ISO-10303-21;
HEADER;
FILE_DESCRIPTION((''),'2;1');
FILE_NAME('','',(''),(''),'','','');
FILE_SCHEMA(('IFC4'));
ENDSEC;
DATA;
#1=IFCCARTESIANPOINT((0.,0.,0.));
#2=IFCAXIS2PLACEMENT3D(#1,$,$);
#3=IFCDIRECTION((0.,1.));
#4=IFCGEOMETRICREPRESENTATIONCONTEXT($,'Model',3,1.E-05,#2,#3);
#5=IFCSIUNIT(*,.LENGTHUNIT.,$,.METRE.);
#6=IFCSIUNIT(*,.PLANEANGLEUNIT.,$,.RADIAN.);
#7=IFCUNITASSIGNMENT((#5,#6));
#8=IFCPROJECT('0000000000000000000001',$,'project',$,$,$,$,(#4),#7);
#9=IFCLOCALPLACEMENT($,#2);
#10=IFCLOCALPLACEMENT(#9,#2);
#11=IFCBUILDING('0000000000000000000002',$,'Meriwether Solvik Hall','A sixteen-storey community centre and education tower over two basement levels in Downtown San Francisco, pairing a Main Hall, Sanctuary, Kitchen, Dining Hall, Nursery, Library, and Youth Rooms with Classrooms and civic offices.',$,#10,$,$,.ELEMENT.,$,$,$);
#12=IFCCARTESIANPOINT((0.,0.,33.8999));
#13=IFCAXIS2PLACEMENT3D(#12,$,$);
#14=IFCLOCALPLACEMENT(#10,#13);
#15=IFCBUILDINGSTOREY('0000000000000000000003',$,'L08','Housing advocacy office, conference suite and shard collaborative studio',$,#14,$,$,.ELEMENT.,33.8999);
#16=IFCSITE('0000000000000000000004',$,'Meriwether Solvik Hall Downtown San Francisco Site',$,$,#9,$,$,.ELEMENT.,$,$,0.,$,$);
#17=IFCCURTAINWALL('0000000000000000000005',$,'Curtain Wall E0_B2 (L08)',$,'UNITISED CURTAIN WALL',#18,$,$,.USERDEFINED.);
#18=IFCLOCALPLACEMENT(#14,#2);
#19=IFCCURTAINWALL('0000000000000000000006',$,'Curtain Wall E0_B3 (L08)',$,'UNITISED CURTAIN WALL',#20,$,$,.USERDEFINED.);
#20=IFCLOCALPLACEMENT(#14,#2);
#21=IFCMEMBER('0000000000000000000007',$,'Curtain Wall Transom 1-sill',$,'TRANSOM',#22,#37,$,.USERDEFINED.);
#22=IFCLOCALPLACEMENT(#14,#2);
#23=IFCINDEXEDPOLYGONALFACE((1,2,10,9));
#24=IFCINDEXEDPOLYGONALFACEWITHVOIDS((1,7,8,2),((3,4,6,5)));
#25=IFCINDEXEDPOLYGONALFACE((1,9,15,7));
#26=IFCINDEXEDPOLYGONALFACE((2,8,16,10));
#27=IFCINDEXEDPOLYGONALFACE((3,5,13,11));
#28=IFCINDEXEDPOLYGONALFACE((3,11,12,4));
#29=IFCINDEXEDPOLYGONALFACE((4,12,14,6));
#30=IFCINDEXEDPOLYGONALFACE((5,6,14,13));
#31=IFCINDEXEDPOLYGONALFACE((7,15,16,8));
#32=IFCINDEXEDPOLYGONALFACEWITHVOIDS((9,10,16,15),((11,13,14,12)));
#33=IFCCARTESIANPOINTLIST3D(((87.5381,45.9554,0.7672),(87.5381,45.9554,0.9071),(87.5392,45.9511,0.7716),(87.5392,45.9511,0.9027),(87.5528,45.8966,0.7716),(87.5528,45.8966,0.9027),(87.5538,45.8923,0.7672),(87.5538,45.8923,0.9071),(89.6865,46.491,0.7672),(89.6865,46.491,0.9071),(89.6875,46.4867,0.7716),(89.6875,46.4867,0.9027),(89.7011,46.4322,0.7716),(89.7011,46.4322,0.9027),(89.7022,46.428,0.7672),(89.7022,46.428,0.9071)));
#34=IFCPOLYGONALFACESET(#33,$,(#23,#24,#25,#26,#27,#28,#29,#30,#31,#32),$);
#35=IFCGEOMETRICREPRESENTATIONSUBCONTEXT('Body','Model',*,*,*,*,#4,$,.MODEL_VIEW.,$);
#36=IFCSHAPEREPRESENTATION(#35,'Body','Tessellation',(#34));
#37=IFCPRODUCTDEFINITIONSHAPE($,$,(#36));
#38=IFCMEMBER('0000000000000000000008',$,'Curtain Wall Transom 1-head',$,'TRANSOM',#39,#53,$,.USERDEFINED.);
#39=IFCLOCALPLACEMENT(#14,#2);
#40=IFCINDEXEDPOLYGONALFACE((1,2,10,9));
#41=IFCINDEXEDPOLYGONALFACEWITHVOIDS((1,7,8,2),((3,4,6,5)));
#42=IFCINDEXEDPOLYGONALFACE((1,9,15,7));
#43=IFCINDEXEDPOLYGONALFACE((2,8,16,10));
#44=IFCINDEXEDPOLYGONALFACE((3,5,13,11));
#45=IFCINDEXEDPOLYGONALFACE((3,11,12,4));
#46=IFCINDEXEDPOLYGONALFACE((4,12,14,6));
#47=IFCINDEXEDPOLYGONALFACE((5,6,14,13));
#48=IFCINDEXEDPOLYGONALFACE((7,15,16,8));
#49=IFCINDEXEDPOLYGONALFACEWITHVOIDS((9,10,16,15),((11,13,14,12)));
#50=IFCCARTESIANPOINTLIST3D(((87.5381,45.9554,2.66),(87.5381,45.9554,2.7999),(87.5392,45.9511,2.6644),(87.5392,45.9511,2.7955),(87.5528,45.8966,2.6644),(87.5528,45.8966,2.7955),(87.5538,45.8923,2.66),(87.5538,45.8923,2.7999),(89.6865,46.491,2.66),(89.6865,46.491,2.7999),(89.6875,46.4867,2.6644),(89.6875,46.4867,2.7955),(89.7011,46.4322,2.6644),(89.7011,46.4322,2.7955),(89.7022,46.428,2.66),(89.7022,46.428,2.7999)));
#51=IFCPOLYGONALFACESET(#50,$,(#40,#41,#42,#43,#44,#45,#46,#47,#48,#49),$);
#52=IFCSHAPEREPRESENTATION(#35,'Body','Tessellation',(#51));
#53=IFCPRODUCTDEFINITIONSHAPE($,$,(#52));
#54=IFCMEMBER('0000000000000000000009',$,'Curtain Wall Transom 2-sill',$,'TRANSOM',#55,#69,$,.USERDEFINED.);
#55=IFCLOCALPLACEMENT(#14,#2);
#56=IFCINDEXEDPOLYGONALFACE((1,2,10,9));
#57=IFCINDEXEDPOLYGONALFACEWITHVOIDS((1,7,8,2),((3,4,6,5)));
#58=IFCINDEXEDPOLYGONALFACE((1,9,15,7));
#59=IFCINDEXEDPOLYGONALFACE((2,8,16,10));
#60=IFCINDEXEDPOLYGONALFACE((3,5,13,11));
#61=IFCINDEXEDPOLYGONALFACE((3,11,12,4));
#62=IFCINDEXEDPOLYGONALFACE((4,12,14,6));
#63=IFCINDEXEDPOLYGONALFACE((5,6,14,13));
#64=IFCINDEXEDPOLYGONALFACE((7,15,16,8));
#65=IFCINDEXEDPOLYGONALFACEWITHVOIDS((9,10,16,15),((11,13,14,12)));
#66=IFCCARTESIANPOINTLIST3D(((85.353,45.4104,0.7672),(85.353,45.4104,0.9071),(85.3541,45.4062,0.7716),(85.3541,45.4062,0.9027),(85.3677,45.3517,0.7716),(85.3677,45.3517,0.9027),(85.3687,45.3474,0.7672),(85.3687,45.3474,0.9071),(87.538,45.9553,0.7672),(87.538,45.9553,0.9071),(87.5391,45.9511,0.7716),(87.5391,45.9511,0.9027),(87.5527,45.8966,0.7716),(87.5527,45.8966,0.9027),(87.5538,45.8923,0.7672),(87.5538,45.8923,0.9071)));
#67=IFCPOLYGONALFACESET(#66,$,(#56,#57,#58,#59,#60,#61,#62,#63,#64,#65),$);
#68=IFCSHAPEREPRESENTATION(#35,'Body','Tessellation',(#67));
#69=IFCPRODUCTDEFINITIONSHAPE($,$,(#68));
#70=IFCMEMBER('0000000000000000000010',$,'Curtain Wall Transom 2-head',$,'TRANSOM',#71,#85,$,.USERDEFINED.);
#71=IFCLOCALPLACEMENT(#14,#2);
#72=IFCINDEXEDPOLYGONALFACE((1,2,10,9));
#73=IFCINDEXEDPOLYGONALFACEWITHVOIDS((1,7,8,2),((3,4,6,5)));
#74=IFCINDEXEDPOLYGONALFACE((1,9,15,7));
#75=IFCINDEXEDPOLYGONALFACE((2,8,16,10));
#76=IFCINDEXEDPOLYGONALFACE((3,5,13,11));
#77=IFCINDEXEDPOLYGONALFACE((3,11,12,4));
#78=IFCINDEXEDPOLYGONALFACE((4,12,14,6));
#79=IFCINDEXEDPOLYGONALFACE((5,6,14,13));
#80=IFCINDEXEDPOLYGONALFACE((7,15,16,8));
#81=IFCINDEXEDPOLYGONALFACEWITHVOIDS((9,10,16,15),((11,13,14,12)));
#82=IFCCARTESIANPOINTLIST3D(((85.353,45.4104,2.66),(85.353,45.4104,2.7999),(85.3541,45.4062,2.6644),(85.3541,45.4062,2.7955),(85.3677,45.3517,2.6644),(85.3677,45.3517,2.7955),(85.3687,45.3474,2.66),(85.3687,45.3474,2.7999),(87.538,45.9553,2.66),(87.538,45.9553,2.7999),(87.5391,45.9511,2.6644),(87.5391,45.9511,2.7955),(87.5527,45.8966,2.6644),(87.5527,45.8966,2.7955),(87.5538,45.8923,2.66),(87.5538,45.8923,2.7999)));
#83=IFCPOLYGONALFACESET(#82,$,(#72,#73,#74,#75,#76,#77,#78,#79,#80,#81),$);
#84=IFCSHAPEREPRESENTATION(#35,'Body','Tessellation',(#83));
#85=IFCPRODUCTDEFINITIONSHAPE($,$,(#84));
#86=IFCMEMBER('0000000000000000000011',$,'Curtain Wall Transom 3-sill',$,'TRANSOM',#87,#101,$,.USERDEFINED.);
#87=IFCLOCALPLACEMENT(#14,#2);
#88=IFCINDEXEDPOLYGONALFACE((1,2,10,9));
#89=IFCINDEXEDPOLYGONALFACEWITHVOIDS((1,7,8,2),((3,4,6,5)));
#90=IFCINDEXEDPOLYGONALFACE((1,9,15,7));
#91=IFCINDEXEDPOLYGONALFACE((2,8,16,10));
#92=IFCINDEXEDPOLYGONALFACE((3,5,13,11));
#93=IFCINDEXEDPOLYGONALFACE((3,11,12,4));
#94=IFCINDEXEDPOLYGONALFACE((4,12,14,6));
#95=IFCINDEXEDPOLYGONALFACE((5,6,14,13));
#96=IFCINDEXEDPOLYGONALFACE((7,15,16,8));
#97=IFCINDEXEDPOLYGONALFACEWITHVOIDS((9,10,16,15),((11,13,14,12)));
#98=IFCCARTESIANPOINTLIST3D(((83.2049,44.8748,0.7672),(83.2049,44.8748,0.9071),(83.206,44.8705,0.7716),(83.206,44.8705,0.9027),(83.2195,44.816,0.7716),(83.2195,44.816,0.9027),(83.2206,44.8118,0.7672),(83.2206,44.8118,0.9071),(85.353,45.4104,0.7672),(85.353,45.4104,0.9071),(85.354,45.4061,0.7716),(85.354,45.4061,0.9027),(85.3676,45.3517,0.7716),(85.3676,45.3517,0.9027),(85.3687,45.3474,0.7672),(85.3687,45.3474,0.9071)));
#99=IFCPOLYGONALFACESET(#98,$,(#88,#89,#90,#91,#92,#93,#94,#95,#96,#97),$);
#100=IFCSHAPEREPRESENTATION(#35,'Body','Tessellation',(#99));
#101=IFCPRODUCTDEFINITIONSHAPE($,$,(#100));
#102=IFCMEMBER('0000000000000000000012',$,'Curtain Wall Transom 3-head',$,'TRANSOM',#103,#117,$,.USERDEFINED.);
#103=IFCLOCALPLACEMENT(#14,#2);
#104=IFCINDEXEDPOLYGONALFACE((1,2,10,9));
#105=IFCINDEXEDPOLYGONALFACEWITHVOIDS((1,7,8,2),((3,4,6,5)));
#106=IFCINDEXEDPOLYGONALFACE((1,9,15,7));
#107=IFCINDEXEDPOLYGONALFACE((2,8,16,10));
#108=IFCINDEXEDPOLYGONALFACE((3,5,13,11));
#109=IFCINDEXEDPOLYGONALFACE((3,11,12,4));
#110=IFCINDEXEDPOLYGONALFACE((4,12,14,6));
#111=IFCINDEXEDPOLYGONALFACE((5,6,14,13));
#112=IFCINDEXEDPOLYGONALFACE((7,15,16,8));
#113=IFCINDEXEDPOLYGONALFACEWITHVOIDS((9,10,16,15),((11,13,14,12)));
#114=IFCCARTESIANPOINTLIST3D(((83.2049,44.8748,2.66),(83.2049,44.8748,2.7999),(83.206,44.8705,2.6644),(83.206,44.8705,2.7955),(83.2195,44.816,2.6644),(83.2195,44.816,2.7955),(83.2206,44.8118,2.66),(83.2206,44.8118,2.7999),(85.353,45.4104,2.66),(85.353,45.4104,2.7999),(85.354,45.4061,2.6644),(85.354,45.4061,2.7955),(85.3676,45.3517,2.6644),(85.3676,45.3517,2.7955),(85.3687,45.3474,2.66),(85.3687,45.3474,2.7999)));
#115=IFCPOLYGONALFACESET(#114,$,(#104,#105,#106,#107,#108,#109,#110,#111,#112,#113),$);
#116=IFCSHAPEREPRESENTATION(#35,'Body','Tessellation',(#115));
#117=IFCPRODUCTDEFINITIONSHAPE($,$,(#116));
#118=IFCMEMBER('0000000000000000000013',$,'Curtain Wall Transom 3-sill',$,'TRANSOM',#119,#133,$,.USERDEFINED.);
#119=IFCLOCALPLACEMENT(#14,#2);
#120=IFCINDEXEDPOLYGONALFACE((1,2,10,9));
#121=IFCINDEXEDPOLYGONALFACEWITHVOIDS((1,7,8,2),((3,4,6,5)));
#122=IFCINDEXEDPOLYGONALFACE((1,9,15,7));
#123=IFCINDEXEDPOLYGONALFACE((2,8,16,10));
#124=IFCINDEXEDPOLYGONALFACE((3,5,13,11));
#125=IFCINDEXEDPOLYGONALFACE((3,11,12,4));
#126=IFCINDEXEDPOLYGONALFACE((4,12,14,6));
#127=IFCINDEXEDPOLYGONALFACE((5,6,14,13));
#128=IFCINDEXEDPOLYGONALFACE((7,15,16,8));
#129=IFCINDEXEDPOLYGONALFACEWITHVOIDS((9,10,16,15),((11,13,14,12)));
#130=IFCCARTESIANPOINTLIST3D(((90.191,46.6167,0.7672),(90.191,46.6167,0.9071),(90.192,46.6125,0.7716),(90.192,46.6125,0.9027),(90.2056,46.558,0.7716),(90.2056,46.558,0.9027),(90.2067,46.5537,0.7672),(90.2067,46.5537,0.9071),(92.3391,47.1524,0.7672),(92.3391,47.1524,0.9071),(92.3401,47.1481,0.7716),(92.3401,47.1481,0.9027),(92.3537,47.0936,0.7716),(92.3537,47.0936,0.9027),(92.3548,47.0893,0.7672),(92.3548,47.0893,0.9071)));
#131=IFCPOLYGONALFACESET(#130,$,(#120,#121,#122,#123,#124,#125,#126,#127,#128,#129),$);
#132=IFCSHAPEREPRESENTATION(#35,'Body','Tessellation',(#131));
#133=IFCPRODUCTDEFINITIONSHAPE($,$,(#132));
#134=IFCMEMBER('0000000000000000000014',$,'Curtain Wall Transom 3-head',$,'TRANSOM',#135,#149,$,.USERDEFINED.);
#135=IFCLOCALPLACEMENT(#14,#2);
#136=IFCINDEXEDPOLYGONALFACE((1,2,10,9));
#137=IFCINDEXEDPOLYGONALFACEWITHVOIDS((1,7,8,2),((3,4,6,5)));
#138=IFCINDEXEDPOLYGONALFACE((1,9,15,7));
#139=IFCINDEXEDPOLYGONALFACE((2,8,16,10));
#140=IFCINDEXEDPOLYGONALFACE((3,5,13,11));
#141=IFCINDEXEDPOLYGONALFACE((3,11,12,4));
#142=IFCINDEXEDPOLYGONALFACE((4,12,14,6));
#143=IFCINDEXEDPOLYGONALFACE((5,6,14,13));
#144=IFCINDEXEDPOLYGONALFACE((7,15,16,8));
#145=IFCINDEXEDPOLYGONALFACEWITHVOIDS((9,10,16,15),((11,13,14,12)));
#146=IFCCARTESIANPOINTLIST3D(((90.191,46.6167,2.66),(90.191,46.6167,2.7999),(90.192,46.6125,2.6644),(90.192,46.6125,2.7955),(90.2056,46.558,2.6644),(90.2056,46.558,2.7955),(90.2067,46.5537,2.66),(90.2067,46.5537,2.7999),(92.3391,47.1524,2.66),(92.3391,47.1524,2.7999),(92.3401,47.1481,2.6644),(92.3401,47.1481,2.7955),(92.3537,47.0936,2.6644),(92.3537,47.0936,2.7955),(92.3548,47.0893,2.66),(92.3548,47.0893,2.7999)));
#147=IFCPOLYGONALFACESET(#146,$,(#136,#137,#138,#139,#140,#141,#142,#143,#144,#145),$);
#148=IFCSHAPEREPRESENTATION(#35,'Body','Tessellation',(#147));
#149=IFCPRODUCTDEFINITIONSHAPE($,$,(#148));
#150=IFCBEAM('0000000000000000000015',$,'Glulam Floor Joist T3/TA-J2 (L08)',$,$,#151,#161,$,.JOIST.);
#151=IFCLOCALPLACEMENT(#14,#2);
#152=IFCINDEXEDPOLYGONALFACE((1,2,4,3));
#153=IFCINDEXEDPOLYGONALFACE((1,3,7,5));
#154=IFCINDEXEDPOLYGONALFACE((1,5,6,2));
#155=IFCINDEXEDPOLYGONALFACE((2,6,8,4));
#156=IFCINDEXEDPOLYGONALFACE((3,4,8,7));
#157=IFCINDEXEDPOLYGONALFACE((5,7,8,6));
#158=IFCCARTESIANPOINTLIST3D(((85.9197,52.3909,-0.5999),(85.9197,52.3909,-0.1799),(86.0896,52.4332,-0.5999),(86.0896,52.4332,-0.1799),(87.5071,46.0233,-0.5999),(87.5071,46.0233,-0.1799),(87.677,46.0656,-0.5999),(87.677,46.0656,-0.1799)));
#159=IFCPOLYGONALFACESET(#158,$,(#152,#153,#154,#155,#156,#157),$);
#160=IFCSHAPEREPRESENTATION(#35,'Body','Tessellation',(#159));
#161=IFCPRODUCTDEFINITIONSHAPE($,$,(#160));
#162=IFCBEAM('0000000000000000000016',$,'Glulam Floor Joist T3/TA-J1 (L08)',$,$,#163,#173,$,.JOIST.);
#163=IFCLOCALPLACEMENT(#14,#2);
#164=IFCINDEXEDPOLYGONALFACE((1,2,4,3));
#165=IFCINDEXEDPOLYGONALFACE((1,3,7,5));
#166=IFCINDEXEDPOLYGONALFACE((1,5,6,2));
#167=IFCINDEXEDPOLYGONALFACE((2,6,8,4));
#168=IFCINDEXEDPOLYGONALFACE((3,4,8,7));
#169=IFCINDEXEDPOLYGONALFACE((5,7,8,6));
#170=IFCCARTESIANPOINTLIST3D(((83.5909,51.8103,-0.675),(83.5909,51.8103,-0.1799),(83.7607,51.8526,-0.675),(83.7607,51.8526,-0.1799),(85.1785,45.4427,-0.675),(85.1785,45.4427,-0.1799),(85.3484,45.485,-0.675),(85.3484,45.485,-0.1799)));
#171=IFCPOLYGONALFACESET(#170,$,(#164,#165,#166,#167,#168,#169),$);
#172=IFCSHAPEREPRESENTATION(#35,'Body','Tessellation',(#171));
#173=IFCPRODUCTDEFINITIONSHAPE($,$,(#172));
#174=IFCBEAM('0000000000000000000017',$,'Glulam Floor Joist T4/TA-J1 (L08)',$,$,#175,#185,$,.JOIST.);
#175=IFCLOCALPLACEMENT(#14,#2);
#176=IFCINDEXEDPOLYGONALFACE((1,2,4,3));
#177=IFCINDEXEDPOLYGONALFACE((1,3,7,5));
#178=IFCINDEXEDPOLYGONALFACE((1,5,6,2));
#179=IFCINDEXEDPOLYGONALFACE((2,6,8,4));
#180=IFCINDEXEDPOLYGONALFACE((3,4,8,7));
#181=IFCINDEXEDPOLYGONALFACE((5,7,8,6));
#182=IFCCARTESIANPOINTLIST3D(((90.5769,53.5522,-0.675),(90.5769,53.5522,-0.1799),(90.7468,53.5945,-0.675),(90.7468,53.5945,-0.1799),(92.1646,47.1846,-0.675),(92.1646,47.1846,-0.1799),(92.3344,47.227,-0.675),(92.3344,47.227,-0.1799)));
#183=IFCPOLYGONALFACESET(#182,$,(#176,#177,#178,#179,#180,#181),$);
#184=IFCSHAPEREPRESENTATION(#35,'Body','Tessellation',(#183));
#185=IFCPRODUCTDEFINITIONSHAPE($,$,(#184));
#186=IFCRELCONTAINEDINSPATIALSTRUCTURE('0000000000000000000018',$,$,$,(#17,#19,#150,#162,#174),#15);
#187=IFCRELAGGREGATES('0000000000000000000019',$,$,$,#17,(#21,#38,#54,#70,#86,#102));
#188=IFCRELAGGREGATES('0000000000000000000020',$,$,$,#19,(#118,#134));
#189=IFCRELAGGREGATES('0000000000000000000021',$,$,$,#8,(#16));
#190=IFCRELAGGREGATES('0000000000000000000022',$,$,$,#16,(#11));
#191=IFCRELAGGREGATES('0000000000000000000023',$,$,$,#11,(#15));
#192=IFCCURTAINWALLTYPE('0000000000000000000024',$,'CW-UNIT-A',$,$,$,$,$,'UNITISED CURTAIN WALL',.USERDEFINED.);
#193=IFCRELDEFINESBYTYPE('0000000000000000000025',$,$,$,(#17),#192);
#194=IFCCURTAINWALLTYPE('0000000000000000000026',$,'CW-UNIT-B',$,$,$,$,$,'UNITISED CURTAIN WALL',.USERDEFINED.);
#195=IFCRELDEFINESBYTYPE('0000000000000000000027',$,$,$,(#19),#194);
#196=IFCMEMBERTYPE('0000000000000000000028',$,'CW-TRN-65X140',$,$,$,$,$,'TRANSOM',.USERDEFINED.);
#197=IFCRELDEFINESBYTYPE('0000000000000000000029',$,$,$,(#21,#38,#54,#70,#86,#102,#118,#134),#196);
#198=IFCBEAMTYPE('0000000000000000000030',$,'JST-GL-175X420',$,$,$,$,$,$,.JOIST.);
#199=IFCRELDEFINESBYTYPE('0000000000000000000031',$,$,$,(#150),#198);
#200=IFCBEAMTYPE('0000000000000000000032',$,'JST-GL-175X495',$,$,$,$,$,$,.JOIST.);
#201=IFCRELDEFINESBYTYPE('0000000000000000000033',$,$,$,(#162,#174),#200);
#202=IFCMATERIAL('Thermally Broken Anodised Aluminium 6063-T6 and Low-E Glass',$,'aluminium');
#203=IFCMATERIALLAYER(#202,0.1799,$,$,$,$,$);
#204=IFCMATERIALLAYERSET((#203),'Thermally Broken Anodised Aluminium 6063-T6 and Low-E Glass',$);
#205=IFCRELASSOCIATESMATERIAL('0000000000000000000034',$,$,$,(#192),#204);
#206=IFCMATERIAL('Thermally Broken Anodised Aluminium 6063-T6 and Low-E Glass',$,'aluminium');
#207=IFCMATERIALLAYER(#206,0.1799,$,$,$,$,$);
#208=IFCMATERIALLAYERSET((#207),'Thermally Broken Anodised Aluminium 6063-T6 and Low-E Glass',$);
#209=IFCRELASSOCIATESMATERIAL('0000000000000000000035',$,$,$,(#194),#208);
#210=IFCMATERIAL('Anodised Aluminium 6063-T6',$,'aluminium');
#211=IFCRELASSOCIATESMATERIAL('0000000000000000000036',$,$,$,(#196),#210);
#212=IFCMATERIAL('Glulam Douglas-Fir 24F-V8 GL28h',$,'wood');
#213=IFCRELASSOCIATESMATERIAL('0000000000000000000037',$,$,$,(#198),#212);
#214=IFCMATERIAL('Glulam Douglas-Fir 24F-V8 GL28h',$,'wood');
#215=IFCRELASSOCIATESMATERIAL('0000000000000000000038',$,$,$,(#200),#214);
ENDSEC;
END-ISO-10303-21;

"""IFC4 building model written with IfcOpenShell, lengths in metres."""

from ifc_helpers import new_model, si_unit, direction, frame, origin, origin_2d, place, context, subcontext, project, spatial, rectangle, hollow_rectangle, extrude, material, layer, layer_set, material_profile, profile_set, type_object, element, aggregate, save


model = new_model("IFC4")

# Units and contexts
model_context = context("Model", 3, precision=1e-05, world=origin(), true_north=direction((0.0, 1.0)))
body_context = subcontext(model_context, "Body", "Model", "MODEL_VIEW")
ifc_project = project(units=[si_unit("LENGTHUNIT", "METRE"), si_unit("PLANEANGLEUNIT", "RADIAN")], contexts=[model_context])

# Site, building, storey
site_placement = place(None, origin())
site = spatial("IfcSite", under=ifc_project, at=site_placement, Name="Meriwether Solvik Hall Downtown San Francisco Site", CompositionType="ELEMENT", RefElevation=0.0)
building_placement = place(site_placement, origin())
building = spatial("IfcBuilding", under=site, at=building_placement, Name="Meriwether Solvik Hall", Description="A sixteen-storey community centre and education tower over two basement levels in Downtown San Francisco, pairing a Main Hall, Sanctuary, Kitchen, Dining Hall, Nursery, Library, and Youth Rooms with Classrooms and civic offices.", CompositionType="ELEMENT")
storey_placement = place(building_placement, frame((0.0, 0.0, 33.8999)))
storey = spatial("IfcBuildingStorey", under=building, at=storey_placement, Name="L08", Description="Housing advocacy office, conference suite and shard collaborative studio", CompositionType="ELEMENT", Elevation=33.8999)

# Curtain walls
ifc_material_1 = material(Name="Thermally Broken Anodised Aluminium 6063-T6 and Low-E Glass", Category="aluminium")
ifc_layer_1 = layer(ifc_material_1, 0.1799)
ifc_layer_set_1 = layer_set([ifc_layer_1], Name="Thermally Broken Anodised Aluminium 6063-T6 and Low-E Glass")
curtain_wall_type_1 = type_object("IfcCurtainWallType", Name="CW-UNIT-A", ElementType="UNITISED CURTAIN WALL", PredefinedType="USERDEFINED", material=ifc_layer_set_1)
curtain_wall_1_placement = place(storey_placement, origin())
curtain_wall_1 = element("IfcCurtainWall", 1, at=curtain_wall_1_placement, inside=storey, type_object=curtain_wall_type_1, Name="Curtain Wall E0_B2 (L08)", ObjectType="UNITISED CURTAIN WALL", PredefinedType="USERDEFINED")
ifc_material_2 = material(Name="Thermally Broken Anodised Aluminium 6063-T6 and Low-E Glass", Category="aluminium")
ifc_layer_2 = layer(ifc_material_2, 0.1799)
ifc_layer_set_2 = layer_set([ifc_layer_2], Name="Thermally Broken Anodised Aluminium 6063-T6 and Low-E Glass")
curtain_wall_type_2 = type_object("IfcCurtainWallType", Name="CW-UNIT-B", ElementType="UNITISED CURTAIN WALL", PredefinedType="USERDEFINED", material=ifc_layer_set_2)
curtain_wall_2_placement = place(storey_placement, origin())
curtain_wall_2 = element("IfcCurtainWall", 2, at=curtain_wall_2_placement, inside=storey, type_object=curtain_wall_type_2, Name="Curtain Wall E0_B3 (L08)", ObjectType="UNITISED CURTAIN WALL", PredefinedType="USERDEFINED")

# Members
ifc_material_3 = material(Name="Anodised Aluminium 6063-T6", Category="aluminium")
ifc_material_profile_1 = material_profile(ifc_material_3, hollow_rectangle(XDim=0.0649, YDim=0.1399, WallThickness=0.0044, at=origin_2d()), Name="CWT-65X140")
ifc_profile_set_1 = profile_set([ifc_material_profile_1], Name="Anodised Aluminium 6063-T6")
member_type_1 = type_object("IfcMemberType", Name="CW-TRN-65X140", ElementType="TRANSOM", PredefinedType="USERDEFINED", material=ifc_profile_set_1)
member_1_placement = place(storey_placement, frame((89.6943, 46.4595, 0.8372), z_axis=(-0.970298, -0.241913, 0.0), x_axis=(0.241913, -0.970298, 0.0)))
member_1 = element("IfcMember", 3, at=member_1_placement, type_object=member_type_1, Name="Curtain Wall Transom 1-sill", ObjectType="TRANSOM", PredefinedType="USERDEFINED", context=body_context, shape_type="SweptSolid", body=[
    extrude(hollow_rectangle(XDim=0.0649, YDim=0.1399, WallThickness=0.0044, at=origin_2d()), origin(), (0.0, 0.0, 1.0), 2.2141),
])
member_2_placement = place(storey_placement, frame((89.6943, 46.4595, 2.73), z_axis=(-0.970298, -0.241913, 0.0), x_axis=(0.241913, -0.970298, 0.0)))
member_2 = element("IfcMember", 4, at=member_2_placement, type_object=member_type_1, Name="Curtain Wall Transom 1-head", ObjectType="TRANSOM", PredefinedType="USERDEFINED", context=body_context, shape_type="SweptSolid", body=[
    extrude(hollow_rectangle(XDim=0.0649, YDim=0.1399, WallThickness=0.0044, at=origin_2d()), origin(), (0.0, 0.0, 1.0), 2.2141),
])
member_3_placement = place(storey_placement, frame((87.5459, 45.9238, 0.8372), z_axis=(-0.970283, -0.241974, 0.0), x_axis=(0.241974, -0.970283, 0.0)))
member_3 = element("IfcMember", 5, at=member_3_placement, type_object=member_type_1, Name="Curtain Wall Transom 2-sill", ObjectType="TRANSOM", PredefinedType="USERDEFINED", context=body_context, shape_type="SweptSolid", body=[
    extrude(hollow_rectangle(XDim=0.0649, YDim=0.1399, WallThickness=0.0044, at=origin_2d()), origin(), (0.0, 0.0, 1.0), 2.252),
])
member_4_placement = place(storey_placement, frame((87.5459, 45.9238, 2.73), z_axis=(-0.970283, -0.241974, 0.0), x_axis=(0.241974, -0.970283, 0.0)))
member_4 = element("IfcMember", 6, at=member_4_placement, type_object=member_type_1, Name="Curtain Wall Transom 2-head", ObjectType="TRANSOM", PredefinedType="USERDEFINED", context=body_context, shape_type="SweptSolid", body=[
    extrude(hollow_rectangle(XDim=0.0649, YDim=0.1399, WallThickness=0.0044, at=origin_2d()), origin(), (0.0, 0.0, 1.0), 2.252),
])
member_5_placement = place(storey_placement, frame((85.3608, 45.3789, 0.8372), z_axis=(-0.970292, -0.241939, 0.0), x_axis=(0.241939, -0.970292, 0.0)))
member_5 = element("IfcMember", 7, at=member_5_placement, type_object=member_type_1, Name="Curtain Wall Transom 3-sill", ObjectType="TRANSOM", PredefinedType="USERDEFINED", context=body_context, shape_type="SweptSolid", body=[
    extrude(hollow_rectangle(XDim=0.0649, YDim=0.1399, WallThickness=0.0044, at=origin_2d()), origin(), (0.0, 0.0, 1.0), 2.2139),
])
member_6_placement = place(storey_placement, frame((85.3608, 45.3789, 2.73), z_axis=(-0.970292, -0.241939, 0.0), x_axis=(0.241939, -0.970292, 0.0)))
member_6 = element("IfcMember", 8, at=member_6_placement, type_object=member_type_1, Name="Curtain Wall Transom 3-head", ObjectType="TRANSOM", PredefinedType="USERDEFINED", context=body_context, shape_type="SweptSolid", body=[
    extrude(hollow_rectangle(XDim=0.0649, YDim=0.1399, WallThickness=0.0044, at=origin_2d()), origin(), (0.0, 0.0, 1.0), 2.2139),
])
member_7_placement = place(storey_placement, frame((92.3469, 47.1208, 0.8372), z_axis=(-0.970292, -0.241939, 0.0), x_axis=(0.241939, -0.970292, 0.0)))
member_7 = element("IfcMember", 9, at=member_7_placement, type_object=member_type_1, Name="Curtain Wall Transom 3-sill", ObjectType="TRANSOM", PredefinedType="USERDEFINED", context=body_context, shape_type="SweptSolid", body=[
    extrude(hollow_rectangle(XDim=0.0649, YDim=0.1399, WallThickness=0.0044, at=origin_2d()), origin(), (0.0, 0.0, 1.0), 2.2139),
])
member_8_placement = place(storey_placement, frame((92.3469, 47.1208, 2.73), z_axis=(-0.970292, -0.241939, 0.0), x_axis=(0.241939, -0.970292, 0.0)))
member_8 = element("IfcMember", 10, at=member_8_placement, type_object=member_type_1, Name="Curtain Wall Transom 3-head", ObjectType="TRANSOM", PredefinedType="USERDEFINED", context=body_context, shape_type="SweptSolid", body=[
    extrude(hollow_rectangle(XDim=0.0649, YDim=0.1399, WallThickness=0.0044, at=origin_2d()), origin(), (0.0, 0.0, 1.0), 2.2139),
])

# Beams
ifc_material_4 = material(Name="Glulam Douglas-Fir 24F-V8 GL28h", Category="wood")
ifc_material_profile_2 = material_profile(ifc_material_4, rectangle(XDim=0.175, YDim=0.4199, at=origin_2d()), Name="GLJ-175X420")
ifc_profile_set_2 = profile_set([ifc_material_profile_2], Name="Glulam Douglas-Fir 24F-V8 GL28h")
beam_type_1 = type_object("IfcBeamType", Name="JST-GL-175X420", PredefinedType="JOIST", material=ifc_profile_set_2)
beam_1_placement = place(storey_placement, frame((87.592, 46.0444, -0.3899), z_axis=(-0.241888, 0.970304, 0.0), x_axis=(-0.970304, -0.241888, 0.0)))
element("IfcBeam", 11, at=beam_1_placement, inside=storey, type_object=beam_type_1, Name="Glulam Floor Joist T3/TA-J2 (L08)", PredefinedType="JOIST", context=body_context, shape_type="SweptSolid", body=[
    extrude(rectangle(XDim=0.175, YDim=0.4199, at=origin_2d()), origin(), (0.0, 0.0, 1.0), 6.5625),
])
ifc_material_5 = material(Name="Glulam Douglas-Fir 24F-V8 GL28h", Category="wood")
ifc_material_profile_3 = material_profile(ifc_material_5, rectangle(XDim=0.175, YDim=0.4951, at=origin_2d()), Name="GLJ-175X495")
ifc_profile_set_3 = profile_set([ifc_material_profile_3], Name="Glulam Douglas-Fir 24F-V8 GL28h")
beam_type_2 = type_object("IfcBeamType", Name="JST-GL-175X495", PredefinedType="JOIST", material=ifc_profile_set_3)
for number, where, z_axis, x_axis, name in (
    (12, (85.2634, 45.4639, -0.4275), (-0.241923, 0.970295, 0.0), (-0.970295, -0.241923, 0.0), "Glulam Floor Joist T3/TA-J1 (L08)"),
    (13, (92.2495, 47.2058, -0.4275), (-0.241932, 0.970293, 0.0), (-0.970293, -0.241932, 0.0), "Glulam Floor Joist T4/TA-J1 (L08)"),
):
    element("IfcBeam", number, at=place(storey_placement, frame(where, z_axis=z_axis, x_axis=x_axis)), inside=storey, type_object=beam_type_2, Name=name, PredefinedType="JOIST", context=body_context, shape_type="SweptSolid", body=[
        extrude(rectangle(XDim=0.175, YDim=0.4951, at=origin_2d()), origin(), (0.0, 0.0, 1.0), 6.5625),
    ])

aggregate(curtain_wall_1, [member_1, member_2, member_3, member_4, member_5, member_6])
aggregate(curtain_wall_2, [member_7, member_8])

save(model, "model.ifc")
